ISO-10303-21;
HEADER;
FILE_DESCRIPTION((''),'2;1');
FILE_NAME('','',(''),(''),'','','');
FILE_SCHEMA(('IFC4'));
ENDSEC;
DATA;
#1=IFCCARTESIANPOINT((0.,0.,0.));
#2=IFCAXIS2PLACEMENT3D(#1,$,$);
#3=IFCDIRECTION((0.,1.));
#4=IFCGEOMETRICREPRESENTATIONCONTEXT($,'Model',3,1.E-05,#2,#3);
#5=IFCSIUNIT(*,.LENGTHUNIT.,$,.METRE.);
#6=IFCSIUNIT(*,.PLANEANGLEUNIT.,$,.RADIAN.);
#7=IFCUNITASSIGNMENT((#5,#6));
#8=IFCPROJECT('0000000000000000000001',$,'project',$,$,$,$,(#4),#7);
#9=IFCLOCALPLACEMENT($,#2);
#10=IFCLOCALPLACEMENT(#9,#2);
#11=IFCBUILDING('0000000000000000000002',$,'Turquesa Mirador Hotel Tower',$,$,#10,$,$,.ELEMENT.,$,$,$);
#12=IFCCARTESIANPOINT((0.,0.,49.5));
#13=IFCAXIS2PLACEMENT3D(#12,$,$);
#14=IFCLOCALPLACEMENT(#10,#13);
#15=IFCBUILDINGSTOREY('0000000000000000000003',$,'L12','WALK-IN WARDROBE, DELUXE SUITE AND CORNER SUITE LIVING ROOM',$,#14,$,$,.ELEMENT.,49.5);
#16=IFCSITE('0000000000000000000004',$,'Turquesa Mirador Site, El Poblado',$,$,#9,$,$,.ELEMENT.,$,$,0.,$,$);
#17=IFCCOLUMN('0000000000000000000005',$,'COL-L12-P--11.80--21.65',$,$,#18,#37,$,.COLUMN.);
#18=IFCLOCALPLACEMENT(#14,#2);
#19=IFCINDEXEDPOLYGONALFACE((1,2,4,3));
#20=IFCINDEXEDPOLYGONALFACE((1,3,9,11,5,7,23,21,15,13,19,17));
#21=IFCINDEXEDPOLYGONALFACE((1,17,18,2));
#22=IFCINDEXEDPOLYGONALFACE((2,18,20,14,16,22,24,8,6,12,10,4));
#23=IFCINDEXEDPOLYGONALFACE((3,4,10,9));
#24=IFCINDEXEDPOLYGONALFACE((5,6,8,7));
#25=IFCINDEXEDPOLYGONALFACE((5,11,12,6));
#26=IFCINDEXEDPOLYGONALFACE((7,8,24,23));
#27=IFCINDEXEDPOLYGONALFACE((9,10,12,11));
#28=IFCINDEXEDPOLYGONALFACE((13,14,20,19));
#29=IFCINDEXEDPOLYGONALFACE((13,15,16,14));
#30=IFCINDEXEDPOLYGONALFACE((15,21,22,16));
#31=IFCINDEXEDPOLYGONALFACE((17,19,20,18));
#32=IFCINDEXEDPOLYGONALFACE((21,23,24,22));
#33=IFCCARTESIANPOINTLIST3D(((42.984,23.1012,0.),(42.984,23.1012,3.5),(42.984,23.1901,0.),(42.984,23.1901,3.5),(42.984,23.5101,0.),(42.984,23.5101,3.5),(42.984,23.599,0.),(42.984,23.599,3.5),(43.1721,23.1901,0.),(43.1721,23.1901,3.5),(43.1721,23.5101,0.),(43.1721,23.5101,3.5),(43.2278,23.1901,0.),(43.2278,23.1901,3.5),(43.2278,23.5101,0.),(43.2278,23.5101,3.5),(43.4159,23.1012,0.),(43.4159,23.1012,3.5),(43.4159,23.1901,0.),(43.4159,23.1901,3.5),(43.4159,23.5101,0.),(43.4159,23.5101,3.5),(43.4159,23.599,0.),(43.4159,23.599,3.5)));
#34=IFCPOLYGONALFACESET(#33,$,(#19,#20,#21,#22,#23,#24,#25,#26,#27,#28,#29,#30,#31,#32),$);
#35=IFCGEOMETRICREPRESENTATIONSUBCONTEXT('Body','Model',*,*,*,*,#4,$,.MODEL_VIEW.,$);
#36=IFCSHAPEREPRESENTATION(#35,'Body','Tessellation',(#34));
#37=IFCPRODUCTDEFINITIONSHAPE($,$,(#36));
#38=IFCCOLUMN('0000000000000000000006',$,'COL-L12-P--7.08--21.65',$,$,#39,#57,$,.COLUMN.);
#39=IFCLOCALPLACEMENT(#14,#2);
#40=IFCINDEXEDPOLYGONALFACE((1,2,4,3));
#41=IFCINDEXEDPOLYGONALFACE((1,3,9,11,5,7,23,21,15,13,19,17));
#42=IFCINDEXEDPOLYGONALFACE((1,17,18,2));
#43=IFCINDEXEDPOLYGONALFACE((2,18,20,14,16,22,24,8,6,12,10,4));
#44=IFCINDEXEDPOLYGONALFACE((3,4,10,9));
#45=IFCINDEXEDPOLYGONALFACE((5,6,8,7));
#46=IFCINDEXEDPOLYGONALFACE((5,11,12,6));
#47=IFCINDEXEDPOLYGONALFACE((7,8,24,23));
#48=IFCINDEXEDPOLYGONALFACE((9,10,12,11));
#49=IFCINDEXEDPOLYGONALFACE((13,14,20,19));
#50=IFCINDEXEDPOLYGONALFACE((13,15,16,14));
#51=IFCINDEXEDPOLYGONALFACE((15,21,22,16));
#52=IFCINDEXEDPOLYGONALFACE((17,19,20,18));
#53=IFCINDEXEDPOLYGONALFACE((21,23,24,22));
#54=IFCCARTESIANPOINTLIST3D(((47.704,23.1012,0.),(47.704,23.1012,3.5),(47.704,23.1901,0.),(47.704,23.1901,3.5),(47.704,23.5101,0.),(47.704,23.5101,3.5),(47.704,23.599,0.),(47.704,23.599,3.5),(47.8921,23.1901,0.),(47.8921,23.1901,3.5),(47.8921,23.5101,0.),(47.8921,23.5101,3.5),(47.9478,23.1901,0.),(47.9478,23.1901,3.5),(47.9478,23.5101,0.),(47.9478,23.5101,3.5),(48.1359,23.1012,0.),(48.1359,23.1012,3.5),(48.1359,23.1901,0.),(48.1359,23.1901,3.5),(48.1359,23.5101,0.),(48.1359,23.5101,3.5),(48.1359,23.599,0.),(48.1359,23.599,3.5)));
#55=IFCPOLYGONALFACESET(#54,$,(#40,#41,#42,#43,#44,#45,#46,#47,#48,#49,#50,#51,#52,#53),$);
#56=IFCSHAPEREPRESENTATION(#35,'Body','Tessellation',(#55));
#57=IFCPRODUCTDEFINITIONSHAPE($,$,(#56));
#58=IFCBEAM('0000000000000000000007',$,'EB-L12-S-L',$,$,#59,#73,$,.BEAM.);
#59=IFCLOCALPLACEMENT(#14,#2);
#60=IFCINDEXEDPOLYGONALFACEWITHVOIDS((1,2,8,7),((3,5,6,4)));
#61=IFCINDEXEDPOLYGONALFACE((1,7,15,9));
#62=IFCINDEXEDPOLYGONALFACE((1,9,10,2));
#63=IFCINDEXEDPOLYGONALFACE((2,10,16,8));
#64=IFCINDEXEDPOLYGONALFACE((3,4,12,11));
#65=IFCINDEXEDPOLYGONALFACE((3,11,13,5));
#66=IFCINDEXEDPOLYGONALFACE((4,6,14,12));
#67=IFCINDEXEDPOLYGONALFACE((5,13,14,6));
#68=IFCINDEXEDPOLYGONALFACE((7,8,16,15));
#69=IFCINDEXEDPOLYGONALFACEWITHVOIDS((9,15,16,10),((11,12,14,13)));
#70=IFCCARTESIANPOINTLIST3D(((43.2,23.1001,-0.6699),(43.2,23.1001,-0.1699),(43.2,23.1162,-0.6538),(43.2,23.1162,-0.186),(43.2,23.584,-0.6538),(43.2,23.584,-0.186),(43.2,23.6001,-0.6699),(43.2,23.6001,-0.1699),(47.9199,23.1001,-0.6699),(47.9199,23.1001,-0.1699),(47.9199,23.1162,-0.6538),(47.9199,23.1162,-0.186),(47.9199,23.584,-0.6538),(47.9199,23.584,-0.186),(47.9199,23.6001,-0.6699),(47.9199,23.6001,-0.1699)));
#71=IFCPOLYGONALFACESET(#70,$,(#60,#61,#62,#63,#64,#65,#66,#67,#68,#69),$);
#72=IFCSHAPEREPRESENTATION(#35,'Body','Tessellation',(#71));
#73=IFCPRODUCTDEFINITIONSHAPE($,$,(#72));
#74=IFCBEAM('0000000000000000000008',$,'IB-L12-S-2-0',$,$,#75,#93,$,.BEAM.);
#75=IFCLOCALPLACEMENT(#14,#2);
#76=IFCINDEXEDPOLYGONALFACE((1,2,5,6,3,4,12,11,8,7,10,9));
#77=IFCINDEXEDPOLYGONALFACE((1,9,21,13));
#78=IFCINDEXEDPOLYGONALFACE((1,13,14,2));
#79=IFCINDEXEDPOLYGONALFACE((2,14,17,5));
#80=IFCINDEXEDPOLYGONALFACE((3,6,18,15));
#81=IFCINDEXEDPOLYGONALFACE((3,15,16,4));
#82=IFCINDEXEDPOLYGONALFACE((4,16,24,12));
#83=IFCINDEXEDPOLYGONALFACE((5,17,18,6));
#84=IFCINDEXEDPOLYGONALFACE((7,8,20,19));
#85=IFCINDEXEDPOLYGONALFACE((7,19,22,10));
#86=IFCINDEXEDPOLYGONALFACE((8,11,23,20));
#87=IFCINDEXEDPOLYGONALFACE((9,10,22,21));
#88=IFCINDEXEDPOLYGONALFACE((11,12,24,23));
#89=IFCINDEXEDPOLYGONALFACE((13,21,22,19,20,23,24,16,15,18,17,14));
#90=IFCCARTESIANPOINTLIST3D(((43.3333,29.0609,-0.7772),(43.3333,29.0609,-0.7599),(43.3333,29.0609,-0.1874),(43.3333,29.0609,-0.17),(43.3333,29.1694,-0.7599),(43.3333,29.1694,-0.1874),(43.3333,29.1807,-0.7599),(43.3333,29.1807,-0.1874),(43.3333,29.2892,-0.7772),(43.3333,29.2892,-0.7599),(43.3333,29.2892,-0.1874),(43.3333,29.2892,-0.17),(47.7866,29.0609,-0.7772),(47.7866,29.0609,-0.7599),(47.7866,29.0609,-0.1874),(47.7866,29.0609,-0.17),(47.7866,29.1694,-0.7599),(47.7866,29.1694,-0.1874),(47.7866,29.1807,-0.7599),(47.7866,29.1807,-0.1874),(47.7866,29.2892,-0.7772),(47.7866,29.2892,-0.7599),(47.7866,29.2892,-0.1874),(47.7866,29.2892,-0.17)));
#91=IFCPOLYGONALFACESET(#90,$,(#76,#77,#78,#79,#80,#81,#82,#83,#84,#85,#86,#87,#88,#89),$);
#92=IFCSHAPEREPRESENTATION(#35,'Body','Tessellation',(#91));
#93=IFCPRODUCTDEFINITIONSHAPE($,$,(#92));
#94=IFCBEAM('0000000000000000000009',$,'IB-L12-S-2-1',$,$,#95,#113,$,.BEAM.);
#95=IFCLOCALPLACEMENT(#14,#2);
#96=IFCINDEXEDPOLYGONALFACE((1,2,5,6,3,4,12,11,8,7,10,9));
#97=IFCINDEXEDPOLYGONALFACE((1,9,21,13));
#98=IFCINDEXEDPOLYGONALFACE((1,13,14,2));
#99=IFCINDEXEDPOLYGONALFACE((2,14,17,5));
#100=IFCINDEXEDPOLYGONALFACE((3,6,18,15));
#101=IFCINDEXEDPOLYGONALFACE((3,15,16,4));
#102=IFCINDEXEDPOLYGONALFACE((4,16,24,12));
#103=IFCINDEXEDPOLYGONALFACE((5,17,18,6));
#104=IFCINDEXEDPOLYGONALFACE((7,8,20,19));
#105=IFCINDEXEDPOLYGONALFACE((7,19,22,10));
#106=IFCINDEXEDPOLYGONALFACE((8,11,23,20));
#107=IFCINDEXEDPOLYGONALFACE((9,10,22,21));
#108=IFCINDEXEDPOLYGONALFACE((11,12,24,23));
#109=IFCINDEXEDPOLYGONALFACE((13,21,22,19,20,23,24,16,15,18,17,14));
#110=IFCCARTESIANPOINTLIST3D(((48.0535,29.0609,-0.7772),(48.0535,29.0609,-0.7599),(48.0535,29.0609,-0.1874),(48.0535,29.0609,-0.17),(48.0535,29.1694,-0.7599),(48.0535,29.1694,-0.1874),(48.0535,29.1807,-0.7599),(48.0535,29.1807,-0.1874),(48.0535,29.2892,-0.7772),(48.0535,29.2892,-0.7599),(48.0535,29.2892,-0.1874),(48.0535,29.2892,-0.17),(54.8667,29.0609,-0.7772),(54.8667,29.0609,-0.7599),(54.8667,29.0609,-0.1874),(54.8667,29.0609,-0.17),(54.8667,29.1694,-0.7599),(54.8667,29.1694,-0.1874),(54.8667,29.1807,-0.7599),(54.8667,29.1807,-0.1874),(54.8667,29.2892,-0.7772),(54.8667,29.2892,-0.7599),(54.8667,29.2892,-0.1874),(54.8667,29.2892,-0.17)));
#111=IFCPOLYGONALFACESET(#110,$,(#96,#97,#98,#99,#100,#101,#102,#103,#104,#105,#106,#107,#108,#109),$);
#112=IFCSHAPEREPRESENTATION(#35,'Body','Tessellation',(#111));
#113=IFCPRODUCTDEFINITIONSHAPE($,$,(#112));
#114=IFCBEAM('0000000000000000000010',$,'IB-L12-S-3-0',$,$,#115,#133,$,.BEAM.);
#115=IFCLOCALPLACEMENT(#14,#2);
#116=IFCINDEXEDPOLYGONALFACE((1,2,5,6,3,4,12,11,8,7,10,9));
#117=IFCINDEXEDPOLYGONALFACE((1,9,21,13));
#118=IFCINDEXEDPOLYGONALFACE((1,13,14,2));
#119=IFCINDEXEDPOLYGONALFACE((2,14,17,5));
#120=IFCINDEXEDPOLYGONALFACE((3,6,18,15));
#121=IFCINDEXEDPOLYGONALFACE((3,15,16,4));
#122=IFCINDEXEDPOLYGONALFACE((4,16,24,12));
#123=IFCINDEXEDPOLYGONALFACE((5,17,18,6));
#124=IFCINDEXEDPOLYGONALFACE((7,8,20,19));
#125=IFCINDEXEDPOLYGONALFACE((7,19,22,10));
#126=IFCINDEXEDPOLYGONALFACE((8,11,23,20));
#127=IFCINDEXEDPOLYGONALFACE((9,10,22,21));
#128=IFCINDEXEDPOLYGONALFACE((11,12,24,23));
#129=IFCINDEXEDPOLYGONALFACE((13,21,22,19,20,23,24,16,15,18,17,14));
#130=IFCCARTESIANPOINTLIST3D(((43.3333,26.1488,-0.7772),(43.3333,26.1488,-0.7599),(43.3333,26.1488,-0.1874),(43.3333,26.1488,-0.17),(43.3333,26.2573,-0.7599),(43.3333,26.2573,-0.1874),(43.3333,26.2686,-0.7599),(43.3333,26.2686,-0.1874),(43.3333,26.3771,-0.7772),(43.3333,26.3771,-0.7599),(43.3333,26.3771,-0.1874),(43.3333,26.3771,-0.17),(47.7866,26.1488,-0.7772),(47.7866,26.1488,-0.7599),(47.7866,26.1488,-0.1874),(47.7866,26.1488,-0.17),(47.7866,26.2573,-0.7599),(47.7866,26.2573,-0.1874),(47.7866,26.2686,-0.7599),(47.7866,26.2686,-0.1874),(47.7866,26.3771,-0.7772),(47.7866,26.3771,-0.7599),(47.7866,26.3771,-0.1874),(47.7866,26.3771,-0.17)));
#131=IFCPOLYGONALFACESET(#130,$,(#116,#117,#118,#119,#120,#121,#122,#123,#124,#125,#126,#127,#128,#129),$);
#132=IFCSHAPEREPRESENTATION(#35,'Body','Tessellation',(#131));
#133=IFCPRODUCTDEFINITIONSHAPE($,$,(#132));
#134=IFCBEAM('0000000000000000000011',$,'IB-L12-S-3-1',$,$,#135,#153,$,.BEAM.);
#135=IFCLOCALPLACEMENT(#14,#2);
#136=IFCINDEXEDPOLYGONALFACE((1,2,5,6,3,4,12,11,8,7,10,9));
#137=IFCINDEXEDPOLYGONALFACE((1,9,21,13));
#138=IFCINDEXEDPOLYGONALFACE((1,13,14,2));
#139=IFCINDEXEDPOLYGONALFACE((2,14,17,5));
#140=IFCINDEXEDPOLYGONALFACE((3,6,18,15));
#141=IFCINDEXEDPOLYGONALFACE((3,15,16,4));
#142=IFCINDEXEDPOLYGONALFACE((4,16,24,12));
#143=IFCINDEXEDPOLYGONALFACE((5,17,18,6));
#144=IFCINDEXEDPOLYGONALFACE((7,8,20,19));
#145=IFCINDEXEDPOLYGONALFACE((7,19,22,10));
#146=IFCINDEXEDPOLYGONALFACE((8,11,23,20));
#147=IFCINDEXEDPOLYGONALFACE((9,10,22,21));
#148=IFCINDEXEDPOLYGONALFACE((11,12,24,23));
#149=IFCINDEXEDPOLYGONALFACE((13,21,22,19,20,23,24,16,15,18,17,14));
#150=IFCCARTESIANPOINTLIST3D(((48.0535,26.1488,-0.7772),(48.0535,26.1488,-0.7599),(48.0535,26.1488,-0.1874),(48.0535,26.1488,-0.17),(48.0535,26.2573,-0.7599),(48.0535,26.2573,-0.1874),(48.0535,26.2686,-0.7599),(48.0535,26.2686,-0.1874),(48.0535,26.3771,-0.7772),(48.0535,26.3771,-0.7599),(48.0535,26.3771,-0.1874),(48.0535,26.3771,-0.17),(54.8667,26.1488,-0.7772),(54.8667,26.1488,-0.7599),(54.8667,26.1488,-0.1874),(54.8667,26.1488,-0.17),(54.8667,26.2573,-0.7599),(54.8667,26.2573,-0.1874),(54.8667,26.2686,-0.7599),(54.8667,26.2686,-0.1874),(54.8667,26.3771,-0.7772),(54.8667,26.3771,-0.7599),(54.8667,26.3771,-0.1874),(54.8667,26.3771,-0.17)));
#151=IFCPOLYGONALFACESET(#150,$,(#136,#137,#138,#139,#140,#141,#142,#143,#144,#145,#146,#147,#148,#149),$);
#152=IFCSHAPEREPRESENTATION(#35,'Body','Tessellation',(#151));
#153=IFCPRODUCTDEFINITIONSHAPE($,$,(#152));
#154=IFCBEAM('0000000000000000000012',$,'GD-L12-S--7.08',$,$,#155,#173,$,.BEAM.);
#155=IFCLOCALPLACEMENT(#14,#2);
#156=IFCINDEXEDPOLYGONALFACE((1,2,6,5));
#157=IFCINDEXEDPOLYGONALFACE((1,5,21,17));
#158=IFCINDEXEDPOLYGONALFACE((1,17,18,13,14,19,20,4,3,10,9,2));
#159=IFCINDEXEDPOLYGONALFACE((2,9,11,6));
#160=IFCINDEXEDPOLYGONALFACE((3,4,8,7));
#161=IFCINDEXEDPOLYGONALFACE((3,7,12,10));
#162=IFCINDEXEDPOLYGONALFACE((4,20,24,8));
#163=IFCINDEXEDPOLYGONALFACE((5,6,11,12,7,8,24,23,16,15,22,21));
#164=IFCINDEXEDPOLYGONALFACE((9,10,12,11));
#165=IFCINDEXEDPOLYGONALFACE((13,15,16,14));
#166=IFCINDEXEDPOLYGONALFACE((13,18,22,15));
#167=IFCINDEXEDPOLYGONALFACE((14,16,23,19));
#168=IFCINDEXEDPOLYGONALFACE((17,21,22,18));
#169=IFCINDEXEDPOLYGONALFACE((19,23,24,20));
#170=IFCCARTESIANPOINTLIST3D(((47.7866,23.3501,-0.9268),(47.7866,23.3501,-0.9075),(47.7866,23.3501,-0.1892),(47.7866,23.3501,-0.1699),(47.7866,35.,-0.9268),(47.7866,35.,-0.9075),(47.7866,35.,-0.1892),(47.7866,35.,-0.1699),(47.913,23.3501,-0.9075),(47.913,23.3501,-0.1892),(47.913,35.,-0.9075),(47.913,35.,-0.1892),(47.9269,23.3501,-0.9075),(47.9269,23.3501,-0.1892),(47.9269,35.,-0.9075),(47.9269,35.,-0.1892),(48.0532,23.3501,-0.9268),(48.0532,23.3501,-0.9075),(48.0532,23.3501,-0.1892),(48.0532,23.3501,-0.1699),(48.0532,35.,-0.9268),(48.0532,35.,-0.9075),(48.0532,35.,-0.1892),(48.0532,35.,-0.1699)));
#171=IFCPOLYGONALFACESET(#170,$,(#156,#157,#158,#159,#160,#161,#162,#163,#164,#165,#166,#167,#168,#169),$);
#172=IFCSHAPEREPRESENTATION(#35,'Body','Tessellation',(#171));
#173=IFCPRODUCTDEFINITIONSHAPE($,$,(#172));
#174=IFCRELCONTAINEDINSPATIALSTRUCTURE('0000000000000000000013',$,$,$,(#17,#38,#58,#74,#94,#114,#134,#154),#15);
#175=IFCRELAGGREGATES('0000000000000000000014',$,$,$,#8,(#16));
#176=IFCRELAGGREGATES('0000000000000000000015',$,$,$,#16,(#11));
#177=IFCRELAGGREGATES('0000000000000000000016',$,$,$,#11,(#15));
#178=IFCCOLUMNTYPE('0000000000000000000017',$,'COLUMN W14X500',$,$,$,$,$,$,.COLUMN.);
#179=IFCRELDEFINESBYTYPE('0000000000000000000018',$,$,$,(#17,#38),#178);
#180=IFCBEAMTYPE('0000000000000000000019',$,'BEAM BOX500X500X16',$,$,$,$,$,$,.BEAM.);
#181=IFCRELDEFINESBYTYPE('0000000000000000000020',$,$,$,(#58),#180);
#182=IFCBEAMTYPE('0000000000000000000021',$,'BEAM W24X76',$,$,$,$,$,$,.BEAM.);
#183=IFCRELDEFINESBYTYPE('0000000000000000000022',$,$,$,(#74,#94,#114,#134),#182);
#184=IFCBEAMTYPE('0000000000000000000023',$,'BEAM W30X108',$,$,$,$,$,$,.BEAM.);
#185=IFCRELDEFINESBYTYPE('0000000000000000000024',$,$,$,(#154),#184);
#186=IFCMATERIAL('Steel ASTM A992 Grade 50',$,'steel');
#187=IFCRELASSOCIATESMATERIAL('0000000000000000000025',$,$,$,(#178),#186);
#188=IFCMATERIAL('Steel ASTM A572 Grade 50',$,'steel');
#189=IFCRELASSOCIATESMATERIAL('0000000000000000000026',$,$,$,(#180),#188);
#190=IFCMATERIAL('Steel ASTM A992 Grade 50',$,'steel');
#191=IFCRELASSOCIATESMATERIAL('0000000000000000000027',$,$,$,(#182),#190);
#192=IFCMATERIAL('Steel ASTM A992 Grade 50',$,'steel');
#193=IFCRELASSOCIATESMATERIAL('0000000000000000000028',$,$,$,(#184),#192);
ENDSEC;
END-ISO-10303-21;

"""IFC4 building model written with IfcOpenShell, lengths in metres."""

from ifc_helpers import new_model, si_unit, direction, frame, origin, origin_2d, place, context, subcontext, project, spatial, hollow_rectangle, i_section, extrude, material, material_profile, profile_set, type_object, element, save


model = new_model("IFC4")

# Units and contexts
model_context = context("Model", 3, precision=1e-05, world=origin(), true_north=direction((0.0, 1.0)))
body_context = subcontext(model_context, "Body", "Model", "MODEL_VIEW")
ifc_project = project(units=[si_unit("LENGTHUNIT", "METRE"), si_unit("PLANEANGLEUNIT", "RADIAN")], contexts=[model_context])

# Site, building, storey
site_placement = place(None, origin())
site = spatial("IfcSite", under=ifc_project, at=site_placement, Name="Turquesa Mirador Site, El Poblado", CompositionType="ELEMENT", RefElevation=0.0)
building_placement = place(site_placement, origin())
building = spatial("IfcBuilding", under=site, at=building_placement, Name="Turquesa Mirador Hotel Tower", CompositionType="ELEMENT")
storey_placement = place(building_placement, frame((0.0, 0.0, 49.5)))
storey = spatial("IfcBuildingStorey", under=building, at=storey_placement, Name="L12", Description="WALK-IN WARDROBE, DELUXE SUITE AND CORNER SUITE LIVING ROOM", CompositionType="ELEMENT", Elevation=49.5)

# Columns
ifc_material_1 = material(Name="Steel ASTM A992 Grade 50", Category="steel")
ifc_material_profile_1 = material_profile(ifc_material_1, i_section(OverallWidth=0.4319, OverallDepth=0.4978, WebThickness=0.0557, FlangeThickness=0.0889, at=origin_2d()), Name="W14X500")
ifc_profile_set_1 = profile_set([ifc_material_profile_1], Name="Steel ASTM A992 Grade 50")
column_type = type_object("IfcColumnType", Name="COLUMN W14X500", PredefinedType="COLUMN", material=ifc_profile_set_1)
for number, where, z_axis, x_axis, name in (
    (1, (43.2, 23.3501, 0.0), (0.0, 0.0, 1.0), (1.0, 0.0, 0.0), "COL-L12-P--11.80--21.65"),
    (2, (47.9199, 23.3501, 0.0), (0.0, 0.0, 1.0), (1.0, 0.0, 0.0), "COL-L12-P--7.08--21.65"),
):
    element("IfcColumn", number, at=place(storey_placement, frame(where, z_axis=z_axis, x_axis=x_axis)), inside=storey, type_object=column_type, Name=name, PredefinedType="COLUMN", context=body_context, shape_type="SweptSolid", body=[
        extrude(i_section(OverallWidth=0.4319, OverallDepth=0.4978, WebThickness=0.0557, FlangeThickness=0.0889, at=origin_2d()), origin(), (0.0, 0.0, 1.0), 3.5),
    ])

# Beams
ifc_material_2 = material(Name="Steel ASTM A572 Grade 50", Category="steel")
ifc_material_profile_2 = material_profile(ifc_material_2, hollow_rectangle(XDim=0.5, YDim=0.5, WallThickness=0.0161, at=origin_2d()), Name="BOX500X500X16")
ifc_profile_set_2 = profile_set([ifc_material_profile_2], Name="Steel ASTM A572 Grade 50")
beam_type_1 = type_object("IfcBeamType", Name="BEAM BOX500X500X16", PredefinedType="BEAM", material=ifc_profile_set_2)
beam_1_placement = place(storey_placement, frame((43.2, 23.3501, -0.4199), z_axis=(1.0, 0.0, 0.0), x_axis=(0.0, 1.0, 0.0)))
element("IfcBeam", 3, at=beam_1_placement, inside=storey, type_object=beam_type_1, Name="EB-L12-S-L", PredefinedType="BEAM", context=body_context, shape_type="SweptSolid", body=[
    extrude(hollow_rectangle(XDim=0.5, YDim=0.5, WallThickness=0.0161, at=origin_2d()), origin(), (0.0, 0.0, 1.0), 4.72),
])
ifc_material_3 = material(Name="Steel ASTM A992 Grade 50", Category="steel")
ifc_material_profile_3 = material_profile(ifc_material_3, i_section(OverallWidth=0.2283, OverallDepth=0.6072, WebThickness=0.0112, FlangeThickness=0.0173, at=origin_2d()), Name="W24X76")
ifc_profile_set_3 = profile_set([ifc_material_profile_3], Name="Steel ASTM A992 Grade 50")
beam_type_2 = type_object("IfcBeamType", Name="BEAM W24X76", PredefinedType="BEAM", material=ifc_profile_set_3)
beam_2_placement = place(storey_placement, frame((43.3333, 29.175, -0.4736), z_axis=(1.0, 0.0, 0.0), x_axis=(0.0, 1.0, 0.0)))
element("IfcBeam", 4, at=beam_2_placement, inside=storey, type_object=beam_type_2, Name="IB-L12-S-2-0", PredefinedType="BEAM", context=body_context, shape_type="SweptSolid", body=[
    extrude(i_section(OverallWidth=0.2283, OverallDepth=0.6072, WebThickness=0.0112, FlangeThickness=0.0173, at=origin_2d()), origin(), (0.0, 0.0, 1.0), 4.4534),
])
beam_3_placement = place(storey_placement, frame((48.0535, 29.175, -0.4736), z_axis=(1.0, 0.0, 0.0), x_axis=(0.0, 1.0, 0.0)))
element("IfcBeam", 5, at=beam_3_placement, inside=storey, type_object=beam_type_2, Name="IB-L12-S-2-1", PredefinedType="BEAM", context=body_context, shape_type="SweptSolid", body=[
    extrude(i_section(OverallWidth=0.2283, OverallDepth=0.6072, WebThickness=0.0112, FlangeThickness=0.0173, at=origin_2d()), origin(), (0.0, 0.0, 1.0), 6.8132),
])
beam_4_placement = place(storey_placement, frame((43.3333, 26.2629, -0.4736), z_axis=(1.0, 0.0, 0.0), x_axis=(0.0, 1.0, 0.0)))
element("IfcBeam", 6, at=beam_4_placement, inside=storey, type_object=beam_type_2, Name="IB-L12-S-3-0", PredefinedType="BEAM", context=body_context, shape_type="SweptSolid", body=[
    extrude(i_section(OverallWidth=0.2283, OverallDepth=0.6072, WebThickness=0.0112, FlangeThickness=0.0173, at=origin_2d()), origin(), (0.0, 0.0, 1.0), 4.4534),
])
beam_5_placement = place(storey_placement, frame((48.0535, 26.2629, -0.4736), z_axis=(1.0, 0.0, 0.0), x_axis=(0.0, 1.0, 0.0)))
element("IfcBeam", 7, at=beam_5_placement, inside=storey, type_object=beam_type_2, Name="IB-L12-S-3-1", PredefinedType="BEAM", context=body_context, shape_type="SweptSolid", body=[
    extrude(i_section(OverallWidth=0.2283, OverallDepth=0.6072, WebThickness=0.0112, FlangeThickness=0.0173, at=origin_2d()), origin(), (0.0, 0.0, 1.0), 6.8132),
])
ifc_material_4 = material(Name="Steel ASTM A992 Grade 50", Category="steel")
ifc_material_profile_4 = material_profile(ifc_material_4, i_section(OverallWidth=0.2666, OverallDepth=0.7568, WebThickness=0.0139, FlangeThickness=0.0193, at=origin_2d()), Name="W30X108")
ifc_profile_set_4 = profile_set([ifc_material_profile_4], Name="Steel ASTM A992 Grade 50")
beam_type_3 = type_object("IfcBeamType", Name="BEAM W30X108", PredefinedType="BEAM", material=ifc_profile_set_4)
beam_6_placement = place(storey_placement, frame((47.9199, 23.3501, -0.5483), z_axis=(0.0, 1.0, 0.0), x_axis=(-1.0, 0.0, 0.0)))
element("IfcBeam", 8, at=beam_6_placement, inside=storey, type_object=beam_type_3, Name="GD-L12-S--7.08", PredefinedType="BEAM", context=body_context, shape_type="SweptSolid", body=[
    extrude(i_section(OverallWidth=0.2666, OverallDepth=0.7568, WebThickness=0.0139, FlangeThickness=0.0193, at=origin_2d()), origin(), (0.0, 0.0, 1.0), 11.6499),
])

save(model, "model.ifc")
